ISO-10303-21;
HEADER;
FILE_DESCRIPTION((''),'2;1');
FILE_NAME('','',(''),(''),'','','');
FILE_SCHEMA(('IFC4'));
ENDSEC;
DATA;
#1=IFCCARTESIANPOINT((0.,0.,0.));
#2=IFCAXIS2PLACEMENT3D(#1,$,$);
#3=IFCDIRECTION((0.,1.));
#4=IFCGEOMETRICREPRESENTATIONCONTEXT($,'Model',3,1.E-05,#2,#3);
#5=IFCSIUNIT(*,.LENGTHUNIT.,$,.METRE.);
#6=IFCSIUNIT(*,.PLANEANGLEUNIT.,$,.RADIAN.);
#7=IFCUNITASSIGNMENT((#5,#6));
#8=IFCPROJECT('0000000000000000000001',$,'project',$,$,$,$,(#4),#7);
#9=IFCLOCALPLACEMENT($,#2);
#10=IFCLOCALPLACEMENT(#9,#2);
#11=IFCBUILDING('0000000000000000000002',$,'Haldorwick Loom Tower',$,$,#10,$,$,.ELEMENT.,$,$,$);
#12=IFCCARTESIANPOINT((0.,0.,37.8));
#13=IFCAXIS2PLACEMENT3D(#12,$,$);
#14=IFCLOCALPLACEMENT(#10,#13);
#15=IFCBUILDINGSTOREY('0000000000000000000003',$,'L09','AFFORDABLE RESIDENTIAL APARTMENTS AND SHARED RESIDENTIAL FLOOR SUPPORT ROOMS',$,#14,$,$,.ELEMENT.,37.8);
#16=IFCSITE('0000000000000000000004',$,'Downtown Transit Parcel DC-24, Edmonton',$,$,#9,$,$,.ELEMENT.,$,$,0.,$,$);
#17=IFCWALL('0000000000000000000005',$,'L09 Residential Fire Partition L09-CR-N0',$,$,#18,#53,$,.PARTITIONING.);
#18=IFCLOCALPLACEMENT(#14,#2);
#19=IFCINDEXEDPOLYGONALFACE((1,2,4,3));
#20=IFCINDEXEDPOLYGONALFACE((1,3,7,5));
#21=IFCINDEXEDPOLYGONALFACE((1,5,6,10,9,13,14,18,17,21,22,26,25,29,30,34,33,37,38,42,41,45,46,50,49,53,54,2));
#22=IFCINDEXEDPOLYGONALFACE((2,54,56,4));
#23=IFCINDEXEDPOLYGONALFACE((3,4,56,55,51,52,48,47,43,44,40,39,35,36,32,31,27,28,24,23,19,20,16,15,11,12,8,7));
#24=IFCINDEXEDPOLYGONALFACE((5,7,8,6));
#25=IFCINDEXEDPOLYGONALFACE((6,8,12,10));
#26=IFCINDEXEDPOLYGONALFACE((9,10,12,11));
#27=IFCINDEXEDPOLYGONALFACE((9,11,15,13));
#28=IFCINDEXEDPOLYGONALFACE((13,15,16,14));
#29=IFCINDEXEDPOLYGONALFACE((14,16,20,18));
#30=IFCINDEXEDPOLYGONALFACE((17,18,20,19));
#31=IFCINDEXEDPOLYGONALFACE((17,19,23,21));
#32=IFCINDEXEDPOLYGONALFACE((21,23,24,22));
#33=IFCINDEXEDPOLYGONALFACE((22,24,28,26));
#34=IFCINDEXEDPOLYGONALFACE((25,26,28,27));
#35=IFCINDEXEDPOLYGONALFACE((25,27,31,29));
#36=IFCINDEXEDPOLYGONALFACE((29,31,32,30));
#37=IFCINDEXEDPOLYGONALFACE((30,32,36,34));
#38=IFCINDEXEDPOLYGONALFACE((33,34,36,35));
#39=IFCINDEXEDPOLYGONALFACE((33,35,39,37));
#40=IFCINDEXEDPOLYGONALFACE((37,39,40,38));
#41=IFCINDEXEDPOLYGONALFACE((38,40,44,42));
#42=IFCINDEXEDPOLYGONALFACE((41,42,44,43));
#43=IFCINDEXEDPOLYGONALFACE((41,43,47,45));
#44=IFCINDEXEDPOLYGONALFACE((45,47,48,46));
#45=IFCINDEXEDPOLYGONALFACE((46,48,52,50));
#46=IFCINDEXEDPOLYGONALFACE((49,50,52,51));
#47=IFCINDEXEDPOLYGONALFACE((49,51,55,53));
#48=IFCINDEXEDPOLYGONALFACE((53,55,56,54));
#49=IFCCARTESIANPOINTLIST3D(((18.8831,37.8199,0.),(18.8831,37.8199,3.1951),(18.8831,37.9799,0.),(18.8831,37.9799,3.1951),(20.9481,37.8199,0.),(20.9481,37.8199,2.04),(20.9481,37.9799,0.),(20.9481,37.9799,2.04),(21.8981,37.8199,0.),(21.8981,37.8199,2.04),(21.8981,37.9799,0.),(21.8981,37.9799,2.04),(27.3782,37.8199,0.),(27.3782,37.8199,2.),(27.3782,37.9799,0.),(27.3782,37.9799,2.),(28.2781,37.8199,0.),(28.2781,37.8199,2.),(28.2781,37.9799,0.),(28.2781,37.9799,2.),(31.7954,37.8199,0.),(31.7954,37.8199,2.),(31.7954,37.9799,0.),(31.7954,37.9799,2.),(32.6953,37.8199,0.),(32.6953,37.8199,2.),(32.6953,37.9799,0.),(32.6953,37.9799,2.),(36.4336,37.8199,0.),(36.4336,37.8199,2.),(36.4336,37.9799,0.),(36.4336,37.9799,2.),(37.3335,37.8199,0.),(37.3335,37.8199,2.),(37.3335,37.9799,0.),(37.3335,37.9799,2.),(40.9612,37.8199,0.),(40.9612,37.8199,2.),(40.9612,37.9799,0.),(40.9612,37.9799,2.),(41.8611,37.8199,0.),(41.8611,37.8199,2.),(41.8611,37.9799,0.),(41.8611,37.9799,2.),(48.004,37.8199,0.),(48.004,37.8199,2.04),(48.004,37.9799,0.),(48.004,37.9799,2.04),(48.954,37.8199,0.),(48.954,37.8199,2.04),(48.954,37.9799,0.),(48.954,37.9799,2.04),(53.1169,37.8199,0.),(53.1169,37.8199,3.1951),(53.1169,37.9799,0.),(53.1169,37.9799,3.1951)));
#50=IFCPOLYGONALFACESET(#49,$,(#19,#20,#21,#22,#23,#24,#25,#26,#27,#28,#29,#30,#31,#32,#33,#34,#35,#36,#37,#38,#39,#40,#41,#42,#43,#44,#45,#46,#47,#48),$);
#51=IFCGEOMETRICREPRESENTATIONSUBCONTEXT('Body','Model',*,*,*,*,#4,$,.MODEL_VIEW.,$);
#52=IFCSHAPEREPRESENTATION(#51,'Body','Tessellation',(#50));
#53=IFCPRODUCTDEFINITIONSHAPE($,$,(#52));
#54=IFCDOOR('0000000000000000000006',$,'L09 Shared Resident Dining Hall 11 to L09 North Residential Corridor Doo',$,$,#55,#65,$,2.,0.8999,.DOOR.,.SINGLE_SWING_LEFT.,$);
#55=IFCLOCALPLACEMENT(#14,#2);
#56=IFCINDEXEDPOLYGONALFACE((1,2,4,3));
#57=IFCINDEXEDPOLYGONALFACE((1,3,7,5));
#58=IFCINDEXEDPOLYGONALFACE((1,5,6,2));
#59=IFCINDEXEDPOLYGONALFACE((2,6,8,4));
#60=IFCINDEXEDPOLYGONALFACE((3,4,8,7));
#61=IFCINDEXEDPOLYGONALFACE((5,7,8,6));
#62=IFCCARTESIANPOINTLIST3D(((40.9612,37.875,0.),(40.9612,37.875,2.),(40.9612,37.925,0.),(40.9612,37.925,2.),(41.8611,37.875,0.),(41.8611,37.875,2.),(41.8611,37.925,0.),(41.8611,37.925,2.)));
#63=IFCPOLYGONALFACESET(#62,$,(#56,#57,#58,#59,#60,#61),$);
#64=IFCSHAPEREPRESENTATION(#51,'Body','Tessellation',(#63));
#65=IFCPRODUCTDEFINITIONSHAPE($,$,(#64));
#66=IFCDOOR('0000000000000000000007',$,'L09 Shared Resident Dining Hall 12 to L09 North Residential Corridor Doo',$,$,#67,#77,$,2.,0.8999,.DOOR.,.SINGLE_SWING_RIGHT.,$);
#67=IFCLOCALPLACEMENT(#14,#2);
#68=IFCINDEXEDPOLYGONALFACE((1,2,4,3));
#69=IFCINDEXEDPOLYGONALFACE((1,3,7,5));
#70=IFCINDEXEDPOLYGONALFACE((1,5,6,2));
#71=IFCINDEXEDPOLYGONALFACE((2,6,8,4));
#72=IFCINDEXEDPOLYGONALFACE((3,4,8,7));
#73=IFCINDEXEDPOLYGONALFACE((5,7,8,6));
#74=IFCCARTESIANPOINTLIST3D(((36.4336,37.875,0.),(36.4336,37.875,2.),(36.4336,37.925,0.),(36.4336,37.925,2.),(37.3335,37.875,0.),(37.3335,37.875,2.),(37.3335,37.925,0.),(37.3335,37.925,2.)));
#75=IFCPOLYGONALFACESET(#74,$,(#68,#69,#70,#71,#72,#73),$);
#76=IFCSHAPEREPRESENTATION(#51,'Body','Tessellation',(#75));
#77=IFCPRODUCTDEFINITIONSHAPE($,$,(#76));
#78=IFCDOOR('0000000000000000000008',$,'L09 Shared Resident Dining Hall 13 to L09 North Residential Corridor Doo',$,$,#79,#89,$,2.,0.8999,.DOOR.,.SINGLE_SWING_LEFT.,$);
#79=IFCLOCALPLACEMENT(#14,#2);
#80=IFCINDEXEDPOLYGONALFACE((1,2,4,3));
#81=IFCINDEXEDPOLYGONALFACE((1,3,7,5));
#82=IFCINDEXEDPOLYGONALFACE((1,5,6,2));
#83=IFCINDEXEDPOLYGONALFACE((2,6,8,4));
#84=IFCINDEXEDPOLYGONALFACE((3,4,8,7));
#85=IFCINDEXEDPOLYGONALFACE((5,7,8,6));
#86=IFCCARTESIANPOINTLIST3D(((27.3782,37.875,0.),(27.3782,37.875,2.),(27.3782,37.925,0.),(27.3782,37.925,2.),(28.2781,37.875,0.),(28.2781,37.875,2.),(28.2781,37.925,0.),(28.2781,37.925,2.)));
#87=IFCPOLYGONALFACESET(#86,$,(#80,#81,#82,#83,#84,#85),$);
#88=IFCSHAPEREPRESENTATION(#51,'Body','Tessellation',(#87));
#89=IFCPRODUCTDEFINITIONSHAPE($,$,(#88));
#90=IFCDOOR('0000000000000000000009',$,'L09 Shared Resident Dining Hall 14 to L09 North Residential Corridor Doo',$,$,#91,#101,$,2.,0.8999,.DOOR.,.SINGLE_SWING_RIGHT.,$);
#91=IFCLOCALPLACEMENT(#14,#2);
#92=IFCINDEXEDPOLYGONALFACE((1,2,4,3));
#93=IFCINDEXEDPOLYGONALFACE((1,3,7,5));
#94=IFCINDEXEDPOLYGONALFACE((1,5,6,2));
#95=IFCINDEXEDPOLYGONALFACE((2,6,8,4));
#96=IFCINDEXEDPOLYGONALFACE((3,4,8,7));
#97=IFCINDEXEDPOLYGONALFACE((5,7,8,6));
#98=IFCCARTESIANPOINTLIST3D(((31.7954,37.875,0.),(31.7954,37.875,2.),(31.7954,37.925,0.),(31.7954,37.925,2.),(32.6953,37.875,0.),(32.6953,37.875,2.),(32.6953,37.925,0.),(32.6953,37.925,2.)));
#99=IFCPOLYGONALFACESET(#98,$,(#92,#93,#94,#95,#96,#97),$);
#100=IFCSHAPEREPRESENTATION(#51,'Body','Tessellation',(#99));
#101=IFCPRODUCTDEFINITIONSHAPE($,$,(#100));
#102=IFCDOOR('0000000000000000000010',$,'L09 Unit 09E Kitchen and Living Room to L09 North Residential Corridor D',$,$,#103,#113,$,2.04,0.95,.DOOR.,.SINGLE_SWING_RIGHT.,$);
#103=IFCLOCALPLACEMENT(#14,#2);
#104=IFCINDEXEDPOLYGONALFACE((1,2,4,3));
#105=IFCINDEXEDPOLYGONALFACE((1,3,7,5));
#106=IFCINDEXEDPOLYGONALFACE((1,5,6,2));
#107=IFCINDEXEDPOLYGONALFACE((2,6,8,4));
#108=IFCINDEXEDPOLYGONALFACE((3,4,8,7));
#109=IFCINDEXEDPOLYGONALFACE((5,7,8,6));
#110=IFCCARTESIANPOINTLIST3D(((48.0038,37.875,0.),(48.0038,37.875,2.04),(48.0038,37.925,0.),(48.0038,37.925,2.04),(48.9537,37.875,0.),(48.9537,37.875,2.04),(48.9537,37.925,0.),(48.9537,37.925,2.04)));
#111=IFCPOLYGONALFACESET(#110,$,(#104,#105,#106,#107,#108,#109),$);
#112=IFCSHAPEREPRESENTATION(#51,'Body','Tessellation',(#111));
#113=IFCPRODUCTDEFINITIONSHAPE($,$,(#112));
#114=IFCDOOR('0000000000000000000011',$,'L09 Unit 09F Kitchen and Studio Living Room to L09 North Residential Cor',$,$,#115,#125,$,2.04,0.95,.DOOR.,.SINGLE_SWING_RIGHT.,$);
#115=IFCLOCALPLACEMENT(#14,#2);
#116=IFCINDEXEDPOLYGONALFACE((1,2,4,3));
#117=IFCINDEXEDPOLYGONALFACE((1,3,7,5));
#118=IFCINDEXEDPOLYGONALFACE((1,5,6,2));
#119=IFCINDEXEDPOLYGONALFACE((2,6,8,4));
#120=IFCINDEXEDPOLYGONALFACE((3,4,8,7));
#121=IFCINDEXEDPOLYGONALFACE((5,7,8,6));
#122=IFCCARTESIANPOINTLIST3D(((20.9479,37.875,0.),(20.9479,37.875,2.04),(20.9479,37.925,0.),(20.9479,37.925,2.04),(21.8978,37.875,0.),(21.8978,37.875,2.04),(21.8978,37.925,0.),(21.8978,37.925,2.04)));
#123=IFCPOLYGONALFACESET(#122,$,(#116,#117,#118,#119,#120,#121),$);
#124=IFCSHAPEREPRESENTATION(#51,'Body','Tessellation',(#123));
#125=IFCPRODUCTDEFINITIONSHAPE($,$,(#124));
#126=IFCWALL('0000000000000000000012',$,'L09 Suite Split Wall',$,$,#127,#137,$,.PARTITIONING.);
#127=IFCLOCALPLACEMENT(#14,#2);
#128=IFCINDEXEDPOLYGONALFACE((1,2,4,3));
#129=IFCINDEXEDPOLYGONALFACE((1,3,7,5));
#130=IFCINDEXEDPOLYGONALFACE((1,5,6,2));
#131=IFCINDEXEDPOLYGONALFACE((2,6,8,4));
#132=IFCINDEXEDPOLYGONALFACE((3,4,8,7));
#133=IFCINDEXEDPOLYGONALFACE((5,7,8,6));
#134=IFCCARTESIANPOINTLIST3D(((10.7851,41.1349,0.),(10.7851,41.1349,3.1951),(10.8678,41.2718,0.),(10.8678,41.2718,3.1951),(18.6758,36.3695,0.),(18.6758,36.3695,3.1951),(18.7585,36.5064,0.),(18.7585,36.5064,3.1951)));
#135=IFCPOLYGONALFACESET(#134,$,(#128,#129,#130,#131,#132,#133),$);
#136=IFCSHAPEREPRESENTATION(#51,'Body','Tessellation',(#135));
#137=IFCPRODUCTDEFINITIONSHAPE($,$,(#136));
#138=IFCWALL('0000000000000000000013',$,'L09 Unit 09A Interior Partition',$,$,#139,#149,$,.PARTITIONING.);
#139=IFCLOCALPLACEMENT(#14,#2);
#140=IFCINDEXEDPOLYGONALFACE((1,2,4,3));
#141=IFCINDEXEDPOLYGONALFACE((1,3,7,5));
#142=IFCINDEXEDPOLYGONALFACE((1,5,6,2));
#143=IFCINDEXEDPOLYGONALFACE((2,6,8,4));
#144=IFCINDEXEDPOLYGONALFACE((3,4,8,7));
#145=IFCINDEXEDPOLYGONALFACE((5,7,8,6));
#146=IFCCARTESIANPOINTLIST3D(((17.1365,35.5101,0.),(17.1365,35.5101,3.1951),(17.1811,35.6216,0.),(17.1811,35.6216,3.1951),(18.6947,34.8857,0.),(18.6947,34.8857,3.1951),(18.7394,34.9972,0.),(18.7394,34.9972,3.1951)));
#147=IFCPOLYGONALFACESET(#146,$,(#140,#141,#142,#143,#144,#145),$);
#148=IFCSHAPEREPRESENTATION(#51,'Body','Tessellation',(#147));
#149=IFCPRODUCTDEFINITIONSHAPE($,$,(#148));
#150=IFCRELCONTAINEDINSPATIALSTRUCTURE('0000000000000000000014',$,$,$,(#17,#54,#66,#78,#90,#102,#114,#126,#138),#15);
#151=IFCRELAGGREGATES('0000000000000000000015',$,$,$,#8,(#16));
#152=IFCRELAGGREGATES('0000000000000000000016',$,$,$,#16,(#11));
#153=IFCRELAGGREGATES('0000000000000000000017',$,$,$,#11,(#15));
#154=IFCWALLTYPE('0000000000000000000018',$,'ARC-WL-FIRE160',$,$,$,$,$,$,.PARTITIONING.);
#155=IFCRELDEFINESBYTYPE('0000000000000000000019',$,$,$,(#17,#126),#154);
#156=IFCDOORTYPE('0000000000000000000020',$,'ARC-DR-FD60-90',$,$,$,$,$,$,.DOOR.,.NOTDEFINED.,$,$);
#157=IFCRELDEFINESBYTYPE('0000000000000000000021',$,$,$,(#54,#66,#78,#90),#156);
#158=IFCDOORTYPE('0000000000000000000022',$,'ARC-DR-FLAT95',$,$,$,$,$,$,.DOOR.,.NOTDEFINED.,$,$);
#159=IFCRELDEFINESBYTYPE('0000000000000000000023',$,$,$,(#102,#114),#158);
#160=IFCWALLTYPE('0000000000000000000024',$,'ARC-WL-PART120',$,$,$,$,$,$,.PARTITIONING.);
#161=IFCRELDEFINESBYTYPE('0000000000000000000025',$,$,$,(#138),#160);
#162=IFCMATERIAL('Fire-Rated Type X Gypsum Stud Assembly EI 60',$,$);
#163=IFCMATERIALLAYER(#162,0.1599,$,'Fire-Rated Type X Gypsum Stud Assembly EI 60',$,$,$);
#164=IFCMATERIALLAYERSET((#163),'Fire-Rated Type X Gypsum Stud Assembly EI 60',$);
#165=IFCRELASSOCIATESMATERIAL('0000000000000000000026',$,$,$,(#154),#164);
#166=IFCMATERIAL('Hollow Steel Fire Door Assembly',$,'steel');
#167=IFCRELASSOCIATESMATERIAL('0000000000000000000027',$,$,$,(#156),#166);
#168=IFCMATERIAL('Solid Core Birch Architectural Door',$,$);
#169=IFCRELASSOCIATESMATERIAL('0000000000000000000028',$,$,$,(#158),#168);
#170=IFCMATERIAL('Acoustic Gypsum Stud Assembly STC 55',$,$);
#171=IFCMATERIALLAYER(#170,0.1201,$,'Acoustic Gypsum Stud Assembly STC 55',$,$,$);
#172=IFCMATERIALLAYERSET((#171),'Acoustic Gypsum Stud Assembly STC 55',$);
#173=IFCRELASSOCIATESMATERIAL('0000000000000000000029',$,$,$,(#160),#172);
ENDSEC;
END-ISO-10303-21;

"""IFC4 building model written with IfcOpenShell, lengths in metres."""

from ifc_helpers import new_model, si_unit, direction, frame, frame_2d, origin, place, context, subcontext, project, spatial, rectangle, extrude, material, layer, layer_set, type_object, element, fill, save


model = new_model("IFC4")

# Units and contexts
model_context = context("Model", 3, precision=1e-05, world=origin(), true_north=direction((0.0, 1.0)))
body_context = subcontext(model_context, "Body", "Model", "MODEL_VIEW")
ifc_project = project(units=[si_unit("LENGTHUNIT", "METRE"), si_unit("PLANEANGLEUNIT", "RADIAN")], contexts=[model_context])

# Site, building, storey
site_placement = place(None, origin())
site = spatial("IfcSite", under=ifc_project, at=site_placement, Name="Downtown Transit Parcel DC-24, Edmonton", CompositionType="ELEMENT", RefElevation=0.0)
building_placement = place(site_placement, origin())
building = spatial("IfcBuilding", under=site, at=building_placement, Name="Haldorwick Loom Tower", CompositionType="ELEMENT")
storey_placement = place(building_placement, frame((0.0, 0.0, 37.8)))
storey = spatial("IfcBuildingStorey", under=building, at=storey_placement, Name="L09", Description="AFFORDABLE RESIDENTIAL APARTMENTS AND SHARED RESIDENTIAL FLOOR SUPPORT ROOMS", CompositionType="ELEMENT", Elevation=37.8)

# Shared definitions
ifc_material_1 = material(Name="Fire-Rated Type X Gypsum Stud Assembly EI 60")
ifc_layer_1 = layer(ifc_material_1, 0.1599, Name="Fire-Rated Type X Gypsum Stud Assembly EI 60")
ifc_layer_set_1 = layer_set([ifc_layer_1], Name="Fire-Rated Type X Gypsum Stud Assembly EI 60")
wall_type_1 = type_object("IfcWallType", Name="ARC-WL-FIRE160", PredefinedType="PARTITIONING", material=ifc_layer_set_1)

# Wall, openings, doors
wall_1_placement = place(storey_placement, frame((18.8831, 37.8999, 0.0), z_axis=(0.0, 0.0, 1.0), x_axis=(1.0, 0.0, 0.0)))
wall_1 = element("IfcWall", 1, at=wall_1_placement, inside=storey, type_object=wall_type_1, Name="L09 Residential Fire Partition L09-CR-N0", PredefinedType="PARTITIONING", context=body_context, shape_type="SweptSolid", body=[
    extrude(rectangle(XDim=34.2339, YDim=0.1599, at=frame_2d((17.1169, 0.0))), origin(), (0.0, 0.0, 1.0), 3.1951),
])
opening_1_placement = place(wall_1_placement, frame((29.1208, 0.0, 0.0)))
opening_1 = element("IfcOpeningElement", 2, at=opening_1_placement, cuts=wall_1, PredefinedType="OPENING", context=body_context, shape_type="SweptSolid", body=[
    extrude(rectangle(XDim=0.95, YDim=2.04, at=frame_2d((0.4751, 1.02))), frame((0.0, 0.0898, 0.0), z_axis=(0.0, -1.0, 0.0), x_axis=(1.0, 0.0, 0.0)), (0.0, 0.0, 1.0), 0.1799),
])
opening_2_placement = place(wall_1_placement, frame((2.0649, 0.0, 0.0)))
opening_2 = element("IfcOpeningElement", 3, at=opening_2_placement, cuts=wall_1, PredefinedType="OPENING", context=body_context, shape_type="SweptSolid", body=[
    extrude(rectangle(XDim=0.95, YDim=2.04, at=frame_2d((0.4751, 1.02))), frame((0.0, 0.0898, 0.0), z_axis=(0.0, -1.0, 0.0), x_axis=(1.0, 0.0, 0.0)), (0.0, 0.0, 1.0), 0.1799),
])
opening_3_placement = place(wall_1_placement, frame((22.0781, 0.0, 0.0)))
opening_3 = element("IfcOpeningElement", 4, at=opening_3_placement, cuts=wall_1, PredefinedType="OPENING", context=body_context, shape_type="SweptSolid", body=[
    extrude(rectangle(XDim=0.8999, YDim=2.0, at=frame_2d((0.45, 1.0))), frame((0.0, 0.0898, 0.0), z_axis=(0.0, -1.0, 0.0), x_axis=(1.0, 0.0, 0.0)), (0.0, 0.0, 1.0), 0.1799),
])
opening_4_placement = place(wall_1_placement, frame((17.5505, 0.0, 0.0)))
opening_4 = element("IfcOpeningElement", 5, at=opening_4_placement, cuts=wall_1, PredefinedType="OPENING", context=body_context, shape_type="SweptSolid", body=[
    extrude(rectangle(XDim=0.8999, YDim=2.0, at=frame_2d((0.45, 1.0))), frame((0.0, 0.0898, 0.0), z_axis=(0.0, -1.0, 0.0), x_axis=(1.0, 0.0, 0.0)), (0.0, 0.0, 1.0), 0.1799),
])
opening_5_placement = place(wall_1_placement, frame((8.4951, 0.0, 0.0)))
opening_5 = element("IfcOpeningElement", 6, at=opening_5_placement, cuts=wall_1, PredefinedType="OPENING", context=body_context, shape_type="SweptSolid", body=[
    extrude(rectangle(XDim=0.8999, YDim=2.0, at=frame_2d((0.45, 1.0))), frame((0.0, 0.0898, 0.0), z_axis=(0.0, -1.0, 0.0), x_axis=(1.0, 0.0, 0.0)), (0.0, 0.0, 1.0), 0.1799),
])
opening_6_placement = place(wall_1_placement, frame((12.9124, 0.0, 0.0)))
opening_6 = element("IfcOpeningElement", 7, at=opening_6_placement, cuts=wall_1, PredefinedType="OPENING", context=body_context, shape_type="SweptSolid", body=[
    extrude(rectangle(XDim=0.8999, YDim=2.0, at=frame_2d((0.45, 1.0))), frame((0.0, 0.0898, 0.0), z_axis=(0.0, -1.0, 0.0), x_axis=(1.0, 0.0, 0.0)), (0.0, 0.0, 1.0), 0.1799),
])
ifc_material_2 = material(Name="Hollow Steel Fire Door Assembly", Category="steel")
door_type_1 = type_object("IfcDoorType", Name="ARC-DR-FD60-90", OperationType="NOTDEFINED", PredefinedType="DOOR", material=ifc_material_2)
door_1_placement = place(opening_3_placement, frame((0.8999, 0.0, 0.0), z_axis=(0.0, 0.0, 1.0), x_axis=(-1.0, 0.0, 0.0)))
door_1 = element("IfcDoor", 8, at=door_1_placement, inside=storey, type_object=door_type_1, Name="L09 Shared Resident Dining Hall 11 to L09 North Residential Corridor Doo", OperationType="SINGLE_SWING_LEFT", OverallHeight=2.0, OverallWidth=0.8999, PredefinedType="DOOR", context=body_context, shape_type="SweptSolid", body=[
    extrude(rectangle(XDim=0.8999, YDim=2.0, at=frame_2d((0.45, 1.0))), frame((0.0, 0.0249, 0.0), z_axis=(0.0, -1.0, 0.0), x_axis=(1.0, 0.0, 0.0)), (0.0, 0.0, 1.0), 0.05),
])
fill(opening_3, door_1)
door_2_placement = place(opening_4_placement, frame((0.8999, 0.0, 0.0), z_axis=(0.0, 0.0, 1.0), x_axis=(-1.0, 0.0, 0.0)))
door_2 = element("IfcDoor", 9, at=door_2_placement, inside=storey, type_object=door_type_1, Name="L09 Shared Resident Dining Hall 12 to L09 North Residential Corridor Doo", OperationType="SINGLE_SWING_RIGHT", OverallHeight=2.0, OverallWidth=0.8999, PredefinedType="DOOR", context=body_context, shape_type="SweptSolid", body=[
    extrude(rectangle(XDim=0.8999, YDim=2.0, at=frame_2d((0.45, 1.0))), frame((0.0, 0.0249, 0.0), z_axis=(0.0, -1.0, 0.0), x_axis=(1.0, 0.0, 0.0)), (0.0, 0.0, 1.0), 0.05),
])
fill(opening_4, door_2)
door_3_placement = place(opening_5_placement, frame((0.8999, 0.0, 0.0), z_axis=(0.0, 0.0, 1.0), x_axis=(-1.0, 0.0, 0.0)))
door_3 = element("IfcDoor", 10, at=door_3_placement, inside=storey, type_object=door_type_1, Name="L09 Shared Resident Dining Hall 13 to L09 North Residential Corridor Doo", OperationType="SINGLE_SWING_LEFT", OverallHeight=2.0, OverallWidth=0.8999, PredefinedType="DOOR", context=body_context, shape_type="SweptSolid", body=[
    extrude(rectangle(XDim=0.8999, YDim=2.0, at=frame_2d((0.45, 1.0))), frame((0.0, 0.0249, 0.0), z_axis=(0.0, -1.0, 0.0), x_axis=(1.0, 0.0, 0.0)), (0.0, 0.0, 1.0), 0.05),
])
fill(opening_5, door_3)
door_4_placement = place(opening_6_placement, frame((0.8999, 0.0, 0.0), z_axis=(0.0, 0.0, 1.0), x_axis=(-1.0, 0.0, 0.0)))
door_4 = element("IfcDoor", 11, at=door_4_placement, inside=storey, type_object=door_type_1, Name="L09 Shared Resident Dining Hall 14 to L09 North Residential Corridor Doo", OperationType="SINGLE_SWING_RIGHT", OverallHeight=2.0, OverallWidth=0.8999, PredefinedType="DOOR", context=body_context, shape_type="SweptSolid", body=[
    extrude(rectangle(XDim=0.8999, YDim=2.0, at=frame_2d((0.45, 1.0))), frame((0.0, 0.0249, 0.0), z_axis=(0.0, -1.0, 0.0), x_axis=(1.0, 0.0, 0.0)), (0.0, 0.0, 1.0), 0.05),
])
fill(opening_6, door_4)
ifc_material_3 = material(Name="Solid Core Birch Architectural Door")
door_type_2 = type_object("IfcDoorType", Name="ARC-DR-FLAT95", OperationType="NOTDEFINED", PredefinedType="DOOR", material=ifc_material_3)
door_5_placement = place(opening_1_placement, frame((0.95, 0.0, 0.0), z_axis=(0.0, 0.0, 1.0), x_axis=(-1.0, 0.0, 0.0)))
door_5 = element("IfcDoor", 12, at=door_5_placement, inside=storey, type_object=door_type_2, Name="L09 Unit 09E Kitchen and Living Room to L09 North Residential Corridor D", OperationType="SINGLE_SWING_RIGHT", OverallHeight=2.04, OverallWidth=0.95, PredefinedType="DOOR", context=body_context, shape_type="SweptSolid", body=[
    extrude(rectangle(XDim=0.95, YDim=2.04, at=frame_2d((0.4751, 1.02))), frame((0.0, 0.0249, 0.0), z_axis=(0.0, -1.0, 0.0), x_axis=(1.0, 0.0, 0.0)), (0.0, 0.0, 1.0), 0.05),
])
fill(opening_1, door_5)
door_6_placement = place(opening_2_placement, frame((0.95, 0.0, 0.0), z_axis=(0.0, 0.0, 1.0), x_axis=(-1.0, 0.0, 0.0)))
door_6 = element("IfcDoor", 13, at=door_6_placement, inside=storey, type_object=door_type_2, Name="L09 Unit 09F Kitchen and Studio Living Room to L09 North Residential Cor", OperationType="SINGLE_SWING_RIGHT", OverallHeight=2.04, OverallWidth=0.95, PredefinedType="DOOR", context=body_context, shape_type="SweptSolid", body=[
    extrude(rectangle(XDim=0.95, YDim=2.04, at=frame_2d((0.4751, 1.02))), frame((0.0, 0.0249, 0.0), z_axis=(0.0, -1.0, 0.0), x_axis=(1.0, 0.0, 0.0)), (0.0, 0.0, 1.0), 0.05),
])
fill(opening_2, door_6)

# Walls
wall_2_placement = place(storey_placement, frame((18.717, 36.438, 0.0), z_axis=(0.0, 0.0, 1.0), x_axis=(-0.856005, 0.516967, 0.0)))
element("IfcWall", 14, at=wall_2_placement, inside=storey, type_object=wall_type_1, Name="L09 Suite Split Wall", PredefinedType="PARTITIONING", context=body_context, shape_type="SweptSolid", body=[
    extrude(rectangle(XDim=9.218, YDim=0.1599, at=frame_2d((4.6089, 0.0))), origin(), (0.0, 0.0, 1.0), 3.1951),
])
ifc_material_4 = material(Name="Acoustic Gypsum Stud Assembly STC 55")
ifc_layer_2 = layer(ifc_material_4, 0.1201, Name="Acoustic Gypsum Stud Assembly STC 55")
ifc_layer_set_2 = layer_set([ifc_layer_2], Name="Acoustic Gypsum Stud Assembly STC 55")
wall_type_2 = type_object("IfcWallType", Name="ARC-WL-PART120", PredefinedType="PARTITIONING", material=ifc_layer_set_2)
wall_3_placement = place(storey_placement, frame((18.717, 34.9414, 0.0), z_axis=(0.0, 0.0, 1.0), x_axis=(-0.928236, 0.371992, 0.0)))
element("IfcWall", 15, at=wall_3_placement, inside=storey, type_object=wall_type_2, Name="L09 Unit 09A Interior Partition", PredefinedType="PARTITIONING", context=body_context, shape_type="SweptSolid", body=[
    extrude(rectangle(XDim=1.6787, YDim=0.1201, at=frame_2d((0.8394, 0.0))), origin(), (0.0, 0.0, 1.0), 3.1951),
])

save(model, "model.ifc")
